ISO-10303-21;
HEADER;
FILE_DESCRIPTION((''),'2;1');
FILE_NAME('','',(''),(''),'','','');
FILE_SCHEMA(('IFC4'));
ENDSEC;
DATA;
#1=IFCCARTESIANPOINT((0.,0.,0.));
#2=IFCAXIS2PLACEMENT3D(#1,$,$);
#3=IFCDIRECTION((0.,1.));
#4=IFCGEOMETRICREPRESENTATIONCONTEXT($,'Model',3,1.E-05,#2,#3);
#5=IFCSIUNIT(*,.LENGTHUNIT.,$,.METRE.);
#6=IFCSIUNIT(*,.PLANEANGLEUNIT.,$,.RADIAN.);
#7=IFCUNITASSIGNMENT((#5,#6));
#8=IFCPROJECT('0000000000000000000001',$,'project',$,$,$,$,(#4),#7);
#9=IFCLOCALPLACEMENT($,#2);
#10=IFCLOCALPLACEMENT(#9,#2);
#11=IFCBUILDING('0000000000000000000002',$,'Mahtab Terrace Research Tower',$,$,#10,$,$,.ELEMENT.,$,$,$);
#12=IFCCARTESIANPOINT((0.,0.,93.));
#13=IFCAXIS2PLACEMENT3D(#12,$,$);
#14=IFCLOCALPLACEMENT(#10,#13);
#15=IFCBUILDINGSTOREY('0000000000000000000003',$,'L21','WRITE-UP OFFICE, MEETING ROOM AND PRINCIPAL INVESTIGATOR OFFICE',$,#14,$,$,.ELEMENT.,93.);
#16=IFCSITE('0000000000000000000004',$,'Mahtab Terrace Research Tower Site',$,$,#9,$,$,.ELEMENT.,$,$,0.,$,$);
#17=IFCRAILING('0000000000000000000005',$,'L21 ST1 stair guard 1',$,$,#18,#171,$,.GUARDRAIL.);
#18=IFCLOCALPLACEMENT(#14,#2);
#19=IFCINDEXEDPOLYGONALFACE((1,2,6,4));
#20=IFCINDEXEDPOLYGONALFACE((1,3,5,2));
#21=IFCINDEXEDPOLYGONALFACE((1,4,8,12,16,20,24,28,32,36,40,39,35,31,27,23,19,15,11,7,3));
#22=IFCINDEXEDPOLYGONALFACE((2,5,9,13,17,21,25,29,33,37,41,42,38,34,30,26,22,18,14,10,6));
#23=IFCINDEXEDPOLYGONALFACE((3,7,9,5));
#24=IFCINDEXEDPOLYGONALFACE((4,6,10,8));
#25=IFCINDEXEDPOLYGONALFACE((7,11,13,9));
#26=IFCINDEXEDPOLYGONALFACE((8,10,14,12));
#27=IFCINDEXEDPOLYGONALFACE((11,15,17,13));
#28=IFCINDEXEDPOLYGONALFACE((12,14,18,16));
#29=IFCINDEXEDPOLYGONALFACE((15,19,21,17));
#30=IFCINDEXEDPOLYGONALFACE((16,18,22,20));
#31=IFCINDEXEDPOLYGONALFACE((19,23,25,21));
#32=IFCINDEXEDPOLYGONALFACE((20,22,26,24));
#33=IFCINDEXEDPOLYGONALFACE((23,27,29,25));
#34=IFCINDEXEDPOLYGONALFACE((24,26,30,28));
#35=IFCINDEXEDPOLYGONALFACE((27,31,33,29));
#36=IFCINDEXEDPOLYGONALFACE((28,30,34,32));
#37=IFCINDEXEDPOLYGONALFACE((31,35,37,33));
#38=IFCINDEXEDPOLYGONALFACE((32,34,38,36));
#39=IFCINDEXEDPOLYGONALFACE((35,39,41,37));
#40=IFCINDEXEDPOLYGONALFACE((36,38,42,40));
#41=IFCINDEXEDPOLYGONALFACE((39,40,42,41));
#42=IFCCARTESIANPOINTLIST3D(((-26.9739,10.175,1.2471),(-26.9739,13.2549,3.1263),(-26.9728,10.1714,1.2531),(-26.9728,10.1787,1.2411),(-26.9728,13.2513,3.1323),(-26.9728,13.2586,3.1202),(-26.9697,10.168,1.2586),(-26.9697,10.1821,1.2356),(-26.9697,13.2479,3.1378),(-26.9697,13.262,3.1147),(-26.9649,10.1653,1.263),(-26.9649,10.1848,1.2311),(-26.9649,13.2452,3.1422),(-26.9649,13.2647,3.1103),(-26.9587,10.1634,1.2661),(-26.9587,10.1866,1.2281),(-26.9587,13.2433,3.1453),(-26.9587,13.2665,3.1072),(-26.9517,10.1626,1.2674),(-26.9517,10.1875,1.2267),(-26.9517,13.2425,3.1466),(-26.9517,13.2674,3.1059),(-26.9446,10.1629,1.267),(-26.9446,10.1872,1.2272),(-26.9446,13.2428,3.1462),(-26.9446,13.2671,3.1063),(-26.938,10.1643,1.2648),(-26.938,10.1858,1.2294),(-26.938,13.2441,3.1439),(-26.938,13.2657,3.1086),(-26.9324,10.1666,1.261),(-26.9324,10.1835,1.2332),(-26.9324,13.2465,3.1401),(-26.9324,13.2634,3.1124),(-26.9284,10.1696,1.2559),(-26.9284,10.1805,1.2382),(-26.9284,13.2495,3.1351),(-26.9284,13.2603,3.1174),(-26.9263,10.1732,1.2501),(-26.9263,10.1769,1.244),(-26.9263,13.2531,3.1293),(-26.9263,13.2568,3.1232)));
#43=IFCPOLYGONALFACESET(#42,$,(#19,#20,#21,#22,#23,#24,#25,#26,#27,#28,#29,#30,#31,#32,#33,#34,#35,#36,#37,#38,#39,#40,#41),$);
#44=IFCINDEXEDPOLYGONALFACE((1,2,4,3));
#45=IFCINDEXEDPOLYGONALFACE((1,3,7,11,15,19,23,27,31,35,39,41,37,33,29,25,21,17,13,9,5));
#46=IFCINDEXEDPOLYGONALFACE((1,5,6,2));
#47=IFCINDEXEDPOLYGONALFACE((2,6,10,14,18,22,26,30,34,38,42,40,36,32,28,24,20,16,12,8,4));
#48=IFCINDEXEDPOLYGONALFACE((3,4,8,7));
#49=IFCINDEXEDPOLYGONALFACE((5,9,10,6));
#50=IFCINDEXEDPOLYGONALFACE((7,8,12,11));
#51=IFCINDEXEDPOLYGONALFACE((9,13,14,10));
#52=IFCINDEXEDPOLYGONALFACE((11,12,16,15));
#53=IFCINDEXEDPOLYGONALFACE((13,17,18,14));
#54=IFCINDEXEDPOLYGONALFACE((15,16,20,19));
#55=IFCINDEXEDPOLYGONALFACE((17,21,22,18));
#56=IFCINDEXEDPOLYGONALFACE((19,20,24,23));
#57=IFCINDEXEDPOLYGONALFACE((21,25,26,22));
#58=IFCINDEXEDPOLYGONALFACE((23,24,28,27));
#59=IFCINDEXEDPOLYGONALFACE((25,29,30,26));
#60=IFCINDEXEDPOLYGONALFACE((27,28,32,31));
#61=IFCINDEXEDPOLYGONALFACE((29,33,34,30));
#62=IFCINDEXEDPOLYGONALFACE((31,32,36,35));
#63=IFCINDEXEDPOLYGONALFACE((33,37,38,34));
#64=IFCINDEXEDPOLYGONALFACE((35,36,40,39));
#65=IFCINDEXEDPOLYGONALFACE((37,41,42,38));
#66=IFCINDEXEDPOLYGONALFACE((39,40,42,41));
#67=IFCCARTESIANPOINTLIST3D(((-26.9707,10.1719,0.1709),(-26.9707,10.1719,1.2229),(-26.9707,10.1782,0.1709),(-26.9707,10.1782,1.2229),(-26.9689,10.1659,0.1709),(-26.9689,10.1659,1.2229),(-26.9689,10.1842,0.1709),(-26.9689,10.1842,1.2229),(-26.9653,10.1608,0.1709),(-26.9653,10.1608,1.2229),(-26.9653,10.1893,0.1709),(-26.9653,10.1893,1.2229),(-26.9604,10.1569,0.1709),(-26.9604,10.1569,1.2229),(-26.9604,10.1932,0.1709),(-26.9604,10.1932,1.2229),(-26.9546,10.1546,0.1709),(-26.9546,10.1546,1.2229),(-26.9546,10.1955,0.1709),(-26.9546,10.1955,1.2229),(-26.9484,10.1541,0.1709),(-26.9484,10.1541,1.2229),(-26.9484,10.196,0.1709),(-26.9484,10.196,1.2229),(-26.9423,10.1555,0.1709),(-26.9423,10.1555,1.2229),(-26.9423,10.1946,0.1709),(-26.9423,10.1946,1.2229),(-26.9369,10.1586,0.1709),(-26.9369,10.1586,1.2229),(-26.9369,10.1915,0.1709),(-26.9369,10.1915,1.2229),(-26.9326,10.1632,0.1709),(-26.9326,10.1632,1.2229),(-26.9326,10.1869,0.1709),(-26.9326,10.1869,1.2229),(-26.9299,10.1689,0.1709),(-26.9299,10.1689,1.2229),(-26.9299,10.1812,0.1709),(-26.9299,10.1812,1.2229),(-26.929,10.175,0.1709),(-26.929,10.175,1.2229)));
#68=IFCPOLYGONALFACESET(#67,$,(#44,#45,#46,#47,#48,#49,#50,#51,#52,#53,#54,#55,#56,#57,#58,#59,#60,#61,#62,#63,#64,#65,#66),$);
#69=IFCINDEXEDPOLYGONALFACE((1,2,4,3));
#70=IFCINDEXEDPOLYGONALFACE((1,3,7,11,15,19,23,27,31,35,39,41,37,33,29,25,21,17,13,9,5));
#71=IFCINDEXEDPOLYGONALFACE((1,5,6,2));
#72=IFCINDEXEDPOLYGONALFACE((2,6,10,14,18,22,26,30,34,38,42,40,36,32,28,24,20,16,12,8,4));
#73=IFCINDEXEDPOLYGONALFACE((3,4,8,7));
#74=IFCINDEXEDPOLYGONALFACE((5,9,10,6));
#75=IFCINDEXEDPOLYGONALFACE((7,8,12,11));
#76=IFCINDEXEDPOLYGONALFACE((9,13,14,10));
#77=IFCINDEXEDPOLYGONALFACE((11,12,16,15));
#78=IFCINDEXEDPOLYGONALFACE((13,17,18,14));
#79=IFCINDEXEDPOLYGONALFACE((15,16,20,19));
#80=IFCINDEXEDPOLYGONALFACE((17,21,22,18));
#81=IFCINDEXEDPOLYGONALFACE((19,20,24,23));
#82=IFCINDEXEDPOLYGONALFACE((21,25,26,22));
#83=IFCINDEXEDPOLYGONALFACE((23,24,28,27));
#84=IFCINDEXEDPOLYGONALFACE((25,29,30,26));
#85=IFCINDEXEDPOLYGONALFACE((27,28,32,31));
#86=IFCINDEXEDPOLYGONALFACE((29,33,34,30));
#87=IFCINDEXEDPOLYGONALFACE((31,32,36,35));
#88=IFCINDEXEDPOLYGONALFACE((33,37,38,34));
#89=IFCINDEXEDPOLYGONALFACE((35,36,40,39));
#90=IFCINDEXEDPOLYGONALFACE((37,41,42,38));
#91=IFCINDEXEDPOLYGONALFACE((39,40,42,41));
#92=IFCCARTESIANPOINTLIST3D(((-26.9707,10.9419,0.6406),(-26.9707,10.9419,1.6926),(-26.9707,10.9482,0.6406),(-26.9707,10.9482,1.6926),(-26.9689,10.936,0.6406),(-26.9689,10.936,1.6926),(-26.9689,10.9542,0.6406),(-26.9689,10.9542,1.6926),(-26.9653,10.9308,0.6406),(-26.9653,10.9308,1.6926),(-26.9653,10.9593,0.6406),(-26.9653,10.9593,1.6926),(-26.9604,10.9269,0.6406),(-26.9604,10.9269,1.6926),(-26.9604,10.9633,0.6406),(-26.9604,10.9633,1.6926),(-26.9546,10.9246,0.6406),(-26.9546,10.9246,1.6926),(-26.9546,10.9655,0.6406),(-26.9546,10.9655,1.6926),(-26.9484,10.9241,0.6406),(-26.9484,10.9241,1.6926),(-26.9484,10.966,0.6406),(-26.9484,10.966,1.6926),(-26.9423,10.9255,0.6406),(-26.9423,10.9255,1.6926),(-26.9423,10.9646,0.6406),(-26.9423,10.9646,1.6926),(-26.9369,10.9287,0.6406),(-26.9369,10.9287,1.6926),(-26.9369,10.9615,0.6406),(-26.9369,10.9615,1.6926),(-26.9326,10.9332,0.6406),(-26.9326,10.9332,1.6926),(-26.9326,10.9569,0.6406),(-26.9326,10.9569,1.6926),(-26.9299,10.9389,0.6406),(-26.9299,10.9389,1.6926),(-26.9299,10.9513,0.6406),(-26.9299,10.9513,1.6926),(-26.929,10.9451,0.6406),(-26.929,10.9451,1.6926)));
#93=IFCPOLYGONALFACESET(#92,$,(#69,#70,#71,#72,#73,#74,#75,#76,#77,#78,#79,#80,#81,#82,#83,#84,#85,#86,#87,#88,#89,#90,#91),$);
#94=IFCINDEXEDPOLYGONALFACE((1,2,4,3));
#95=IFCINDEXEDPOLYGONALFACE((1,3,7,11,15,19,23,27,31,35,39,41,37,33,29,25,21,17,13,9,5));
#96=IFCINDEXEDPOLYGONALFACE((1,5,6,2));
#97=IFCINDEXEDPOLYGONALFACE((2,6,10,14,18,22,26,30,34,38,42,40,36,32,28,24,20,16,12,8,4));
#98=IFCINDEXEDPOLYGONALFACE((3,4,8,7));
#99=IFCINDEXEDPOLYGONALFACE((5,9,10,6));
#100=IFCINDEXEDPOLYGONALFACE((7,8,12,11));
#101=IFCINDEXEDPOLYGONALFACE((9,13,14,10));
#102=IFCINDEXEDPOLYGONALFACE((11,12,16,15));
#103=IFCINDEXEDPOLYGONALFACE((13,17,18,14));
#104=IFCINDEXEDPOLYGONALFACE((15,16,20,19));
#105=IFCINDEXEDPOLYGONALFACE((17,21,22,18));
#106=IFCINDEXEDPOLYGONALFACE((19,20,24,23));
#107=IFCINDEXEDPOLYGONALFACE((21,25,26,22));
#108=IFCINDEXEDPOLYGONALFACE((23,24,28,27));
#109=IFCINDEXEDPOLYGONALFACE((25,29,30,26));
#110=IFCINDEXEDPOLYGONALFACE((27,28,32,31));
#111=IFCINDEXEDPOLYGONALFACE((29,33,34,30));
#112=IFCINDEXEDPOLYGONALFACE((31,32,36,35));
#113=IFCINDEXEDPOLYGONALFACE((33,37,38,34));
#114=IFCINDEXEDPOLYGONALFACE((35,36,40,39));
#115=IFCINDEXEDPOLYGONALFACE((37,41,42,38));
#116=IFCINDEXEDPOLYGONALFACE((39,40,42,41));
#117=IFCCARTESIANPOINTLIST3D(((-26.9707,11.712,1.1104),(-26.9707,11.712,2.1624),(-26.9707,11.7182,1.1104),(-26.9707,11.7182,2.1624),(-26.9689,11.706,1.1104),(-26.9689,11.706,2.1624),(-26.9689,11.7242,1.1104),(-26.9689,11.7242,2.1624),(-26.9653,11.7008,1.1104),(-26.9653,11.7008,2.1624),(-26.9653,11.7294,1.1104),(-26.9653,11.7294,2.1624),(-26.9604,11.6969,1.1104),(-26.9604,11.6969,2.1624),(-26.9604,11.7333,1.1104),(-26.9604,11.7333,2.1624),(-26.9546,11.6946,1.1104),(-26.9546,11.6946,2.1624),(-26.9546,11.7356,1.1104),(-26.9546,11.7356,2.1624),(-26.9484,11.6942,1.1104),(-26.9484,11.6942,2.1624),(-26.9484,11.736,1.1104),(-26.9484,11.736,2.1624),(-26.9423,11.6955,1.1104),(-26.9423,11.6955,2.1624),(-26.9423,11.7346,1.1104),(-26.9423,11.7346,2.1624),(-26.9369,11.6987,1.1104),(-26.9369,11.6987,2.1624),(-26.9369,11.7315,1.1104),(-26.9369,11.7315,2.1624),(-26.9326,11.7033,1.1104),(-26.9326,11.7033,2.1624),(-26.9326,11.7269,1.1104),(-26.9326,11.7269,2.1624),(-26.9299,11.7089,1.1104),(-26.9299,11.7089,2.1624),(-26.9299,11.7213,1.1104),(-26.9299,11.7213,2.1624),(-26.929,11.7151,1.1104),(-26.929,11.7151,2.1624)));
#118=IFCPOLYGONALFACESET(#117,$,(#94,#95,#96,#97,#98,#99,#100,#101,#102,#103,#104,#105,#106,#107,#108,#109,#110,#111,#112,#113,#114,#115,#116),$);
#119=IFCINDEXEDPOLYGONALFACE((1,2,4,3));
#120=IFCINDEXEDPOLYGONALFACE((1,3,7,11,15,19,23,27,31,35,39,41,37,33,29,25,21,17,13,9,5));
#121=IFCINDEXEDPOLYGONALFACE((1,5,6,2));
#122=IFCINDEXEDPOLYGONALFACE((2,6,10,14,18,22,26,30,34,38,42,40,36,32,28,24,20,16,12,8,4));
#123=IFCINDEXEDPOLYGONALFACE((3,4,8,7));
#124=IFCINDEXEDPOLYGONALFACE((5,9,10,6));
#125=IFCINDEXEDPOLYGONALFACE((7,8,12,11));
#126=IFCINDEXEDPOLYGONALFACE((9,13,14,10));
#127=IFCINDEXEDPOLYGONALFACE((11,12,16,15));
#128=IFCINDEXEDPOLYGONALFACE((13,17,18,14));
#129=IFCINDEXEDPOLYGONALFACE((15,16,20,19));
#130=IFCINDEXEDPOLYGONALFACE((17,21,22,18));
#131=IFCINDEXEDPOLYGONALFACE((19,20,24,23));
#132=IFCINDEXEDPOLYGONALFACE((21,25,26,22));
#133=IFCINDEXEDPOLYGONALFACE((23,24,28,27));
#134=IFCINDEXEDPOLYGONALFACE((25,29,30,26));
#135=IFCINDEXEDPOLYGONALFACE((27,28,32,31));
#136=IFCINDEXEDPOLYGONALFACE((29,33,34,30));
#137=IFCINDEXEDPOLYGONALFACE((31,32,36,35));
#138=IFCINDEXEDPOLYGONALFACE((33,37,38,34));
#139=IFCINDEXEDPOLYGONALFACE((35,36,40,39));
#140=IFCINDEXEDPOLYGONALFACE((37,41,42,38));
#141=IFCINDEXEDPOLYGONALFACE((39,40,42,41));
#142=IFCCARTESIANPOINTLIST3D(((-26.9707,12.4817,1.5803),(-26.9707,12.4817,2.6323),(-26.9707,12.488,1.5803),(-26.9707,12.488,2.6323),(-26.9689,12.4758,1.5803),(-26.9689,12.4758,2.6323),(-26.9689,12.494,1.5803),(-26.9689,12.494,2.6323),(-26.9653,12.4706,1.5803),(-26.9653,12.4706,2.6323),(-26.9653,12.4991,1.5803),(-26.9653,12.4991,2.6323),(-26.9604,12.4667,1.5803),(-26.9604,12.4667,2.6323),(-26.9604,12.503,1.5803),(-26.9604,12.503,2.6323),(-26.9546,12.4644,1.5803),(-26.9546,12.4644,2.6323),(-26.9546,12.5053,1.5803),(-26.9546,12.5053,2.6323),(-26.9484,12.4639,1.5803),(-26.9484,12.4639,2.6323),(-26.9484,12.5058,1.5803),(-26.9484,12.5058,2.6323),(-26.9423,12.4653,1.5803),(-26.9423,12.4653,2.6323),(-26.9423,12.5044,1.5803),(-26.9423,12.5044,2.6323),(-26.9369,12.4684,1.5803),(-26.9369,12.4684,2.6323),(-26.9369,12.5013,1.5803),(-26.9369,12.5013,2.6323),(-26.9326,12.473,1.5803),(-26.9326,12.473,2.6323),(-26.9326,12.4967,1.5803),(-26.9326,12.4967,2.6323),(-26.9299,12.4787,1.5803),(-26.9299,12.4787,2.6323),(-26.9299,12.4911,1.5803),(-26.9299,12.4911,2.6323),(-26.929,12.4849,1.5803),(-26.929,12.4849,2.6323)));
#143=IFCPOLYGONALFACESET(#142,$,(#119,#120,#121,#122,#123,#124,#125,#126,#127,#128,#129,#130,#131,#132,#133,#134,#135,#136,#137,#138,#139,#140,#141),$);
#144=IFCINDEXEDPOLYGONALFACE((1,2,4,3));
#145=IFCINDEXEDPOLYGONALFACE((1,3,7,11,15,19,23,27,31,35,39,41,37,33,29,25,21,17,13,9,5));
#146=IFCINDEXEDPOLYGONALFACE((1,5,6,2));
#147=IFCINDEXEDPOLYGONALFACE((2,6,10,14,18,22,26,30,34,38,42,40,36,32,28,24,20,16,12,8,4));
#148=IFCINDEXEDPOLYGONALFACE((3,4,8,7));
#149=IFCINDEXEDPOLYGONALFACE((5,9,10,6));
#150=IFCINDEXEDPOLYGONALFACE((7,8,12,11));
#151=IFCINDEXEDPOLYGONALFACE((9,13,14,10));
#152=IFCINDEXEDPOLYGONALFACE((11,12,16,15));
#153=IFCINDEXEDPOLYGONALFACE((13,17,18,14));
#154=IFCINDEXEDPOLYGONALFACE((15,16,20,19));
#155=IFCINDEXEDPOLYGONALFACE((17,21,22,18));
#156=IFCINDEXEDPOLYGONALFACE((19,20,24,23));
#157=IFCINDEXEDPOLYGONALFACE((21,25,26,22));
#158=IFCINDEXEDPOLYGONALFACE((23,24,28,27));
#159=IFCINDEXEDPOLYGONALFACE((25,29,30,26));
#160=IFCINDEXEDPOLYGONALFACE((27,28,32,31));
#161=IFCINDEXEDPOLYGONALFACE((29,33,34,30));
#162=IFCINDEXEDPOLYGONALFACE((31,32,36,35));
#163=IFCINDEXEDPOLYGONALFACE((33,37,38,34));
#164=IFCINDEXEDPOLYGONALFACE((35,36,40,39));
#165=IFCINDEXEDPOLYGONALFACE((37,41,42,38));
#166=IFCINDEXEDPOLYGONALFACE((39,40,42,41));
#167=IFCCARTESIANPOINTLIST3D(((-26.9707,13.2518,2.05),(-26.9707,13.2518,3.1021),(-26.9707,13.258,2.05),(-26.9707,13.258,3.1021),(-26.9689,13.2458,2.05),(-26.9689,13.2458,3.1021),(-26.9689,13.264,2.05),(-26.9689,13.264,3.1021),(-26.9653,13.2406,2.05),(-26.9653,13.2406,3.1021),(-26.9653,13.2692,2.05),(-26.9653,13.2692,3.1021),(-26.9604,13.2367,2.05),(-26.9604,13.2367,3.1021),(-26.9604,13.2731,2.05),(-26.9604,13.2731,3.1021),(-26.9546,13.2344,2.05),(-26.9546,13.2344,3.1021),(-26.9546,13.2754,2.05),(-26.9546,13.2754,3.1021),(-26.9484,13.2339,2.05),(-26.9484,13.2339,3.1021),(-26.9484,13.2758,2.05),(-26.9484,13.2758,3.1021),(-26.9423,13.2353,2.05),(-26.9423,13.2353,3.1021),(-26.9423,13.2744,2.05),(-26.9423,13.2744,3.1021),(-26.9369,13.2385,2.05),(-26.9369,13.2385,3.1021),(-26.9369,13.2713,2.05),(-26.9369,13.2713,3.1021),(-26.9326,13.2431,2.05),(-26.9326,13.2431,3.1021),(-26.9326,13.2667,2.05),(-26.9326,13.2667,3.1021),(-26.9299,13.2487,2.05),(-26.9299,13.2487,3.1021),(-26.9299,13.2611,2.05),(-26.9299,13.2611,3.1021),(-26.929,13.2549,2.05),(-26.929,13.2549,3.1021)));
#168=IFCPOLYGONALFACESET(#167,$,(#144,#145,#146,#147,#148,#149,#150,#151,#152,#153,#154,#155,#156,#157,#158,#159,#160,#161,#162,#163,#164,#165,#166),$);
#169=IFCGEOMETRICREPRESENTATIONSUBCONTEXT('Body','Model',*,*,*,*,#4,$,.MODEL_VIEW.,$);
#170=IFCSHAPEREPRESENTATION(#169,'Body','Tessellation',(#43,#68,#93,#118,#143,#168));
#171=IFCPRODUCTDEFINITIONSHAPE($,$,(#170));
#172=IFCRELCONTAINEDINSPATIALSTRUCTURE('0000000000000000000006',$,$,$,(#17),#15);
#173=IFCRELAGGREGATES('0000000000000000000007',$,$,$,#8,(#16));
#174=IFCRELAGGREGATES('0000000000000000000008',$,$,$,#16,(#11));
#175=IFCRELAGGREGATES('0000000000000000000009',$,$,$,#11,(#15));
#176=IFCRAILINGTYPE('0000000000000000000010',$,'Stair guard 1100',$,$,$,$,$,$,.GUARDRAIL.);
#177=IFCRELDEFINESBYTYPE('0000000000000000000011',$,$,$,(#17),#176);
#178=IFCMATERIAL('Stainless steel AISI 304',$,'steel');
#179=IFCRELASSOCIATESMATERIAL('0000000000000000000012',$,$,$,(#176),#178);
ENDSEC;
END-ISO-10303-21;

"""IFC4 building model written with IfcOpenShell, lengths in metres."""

from ifc_helpers import new_model, si_unit, direction, frame, origin, origin_2d, place, context, subcontext, project, spatial, circle, extrude, material, type_object, element, save


model = new_model("IFC4")

# Units and contexts
model_context = context("Model", 3, precision=1e-05, world=origin(), true_north=direction((0.0, 1.0)))
body_context = subcontext(model_context, "Body", "Model", "MODEL_VIEW")
ifc_project = project(units=[si_unit("LENGTHUNIT", "METRE"), si_unit("PLANEANGLEUNIT", "RADIAN")], contexts=[model_context])

# Site, building, storey
site_placement = place(None, origin())
site = spatial("IfcSite", under=ifc_project, at=site_placement, Name="Mahtab Terrace Research Tower Site", CompositionType="ELEMENT", RefElevation=0.0)
building_placement = place(site_placement, origin())
building = spatial("IfcBuilding", under=site, at=building_placement, Name="Mahtab Terrace Research Tower", CompositionType="ELEMENT")
storey_placement = place(building_placement, frame((0.0, 0.0, 93.0)))
storey = spatial("IfcBuildingStorey", under=building, at=storey_placement, Name="L21", Description="WRITE-UP OFFICE, MEETING ROOM AND PRINCIPAL INVESTIGATOR OFFICE", CompositionType="ELEMENT", Elevation=93.0)

# Railing
ifc_material_1 = material(Name="Stainless steel AISI 304", Category="steel")
railing_type_1 = type_object("IfcRailingType", Name="Stair guard 1100", PredefinedType="GUARDRAIL", material=ifc_material_1)
railing_1_placement = place(storey_placement, frame((-26.95, 10.175, 0.1709)))
element("IfcRailing", 1, at=railing_1_placement, inside=storey, type_object=railing_type_1, Name="L21 ST1 stair guard 1", PredefinedType="GUARDRAIL", context=body_context, shape_type="SweptSolid", body=[
    extrude(circle(Radius=0.0239, at=origin_2d()), frame((0.0, 0.0, 1.0762), z_axis=(0.0, 0.853648, 0.52085), x_axis=(-1.0, 0.0, 0.0)), (0.0, 0.0, 1.0), 3.6079),
    extrude(circle(Radius=0.021, at=origin_2d()), origin(), (0.0, 0.0, 1.0), 1.052),
    extrude(circle(Radius=0.021, at=origin_2d()), frame((0.0, 0.77, 0.4697)), (0.0, 0.0, 1.0), 1.052),
    extrude(circle(Radius=0.021, at=origin_2d()), frame((0.0, 1.54, 0.9395)), (0.0, 0.0, 1.0), 1.052),
    extrude(circle(Radius=0.021, at=origin_2d()), frame((0.0, 2.3098, 1.4094)), (0.0, 0.0, 1.0), 1.052),
    extrude(circle(Radius=0.021, at=origin_2d()), frame((0.0, 3.0798, 1.8792)), (0.0, 0.0, 1.0), 1.052),
])

save(model, "model.ifc")
